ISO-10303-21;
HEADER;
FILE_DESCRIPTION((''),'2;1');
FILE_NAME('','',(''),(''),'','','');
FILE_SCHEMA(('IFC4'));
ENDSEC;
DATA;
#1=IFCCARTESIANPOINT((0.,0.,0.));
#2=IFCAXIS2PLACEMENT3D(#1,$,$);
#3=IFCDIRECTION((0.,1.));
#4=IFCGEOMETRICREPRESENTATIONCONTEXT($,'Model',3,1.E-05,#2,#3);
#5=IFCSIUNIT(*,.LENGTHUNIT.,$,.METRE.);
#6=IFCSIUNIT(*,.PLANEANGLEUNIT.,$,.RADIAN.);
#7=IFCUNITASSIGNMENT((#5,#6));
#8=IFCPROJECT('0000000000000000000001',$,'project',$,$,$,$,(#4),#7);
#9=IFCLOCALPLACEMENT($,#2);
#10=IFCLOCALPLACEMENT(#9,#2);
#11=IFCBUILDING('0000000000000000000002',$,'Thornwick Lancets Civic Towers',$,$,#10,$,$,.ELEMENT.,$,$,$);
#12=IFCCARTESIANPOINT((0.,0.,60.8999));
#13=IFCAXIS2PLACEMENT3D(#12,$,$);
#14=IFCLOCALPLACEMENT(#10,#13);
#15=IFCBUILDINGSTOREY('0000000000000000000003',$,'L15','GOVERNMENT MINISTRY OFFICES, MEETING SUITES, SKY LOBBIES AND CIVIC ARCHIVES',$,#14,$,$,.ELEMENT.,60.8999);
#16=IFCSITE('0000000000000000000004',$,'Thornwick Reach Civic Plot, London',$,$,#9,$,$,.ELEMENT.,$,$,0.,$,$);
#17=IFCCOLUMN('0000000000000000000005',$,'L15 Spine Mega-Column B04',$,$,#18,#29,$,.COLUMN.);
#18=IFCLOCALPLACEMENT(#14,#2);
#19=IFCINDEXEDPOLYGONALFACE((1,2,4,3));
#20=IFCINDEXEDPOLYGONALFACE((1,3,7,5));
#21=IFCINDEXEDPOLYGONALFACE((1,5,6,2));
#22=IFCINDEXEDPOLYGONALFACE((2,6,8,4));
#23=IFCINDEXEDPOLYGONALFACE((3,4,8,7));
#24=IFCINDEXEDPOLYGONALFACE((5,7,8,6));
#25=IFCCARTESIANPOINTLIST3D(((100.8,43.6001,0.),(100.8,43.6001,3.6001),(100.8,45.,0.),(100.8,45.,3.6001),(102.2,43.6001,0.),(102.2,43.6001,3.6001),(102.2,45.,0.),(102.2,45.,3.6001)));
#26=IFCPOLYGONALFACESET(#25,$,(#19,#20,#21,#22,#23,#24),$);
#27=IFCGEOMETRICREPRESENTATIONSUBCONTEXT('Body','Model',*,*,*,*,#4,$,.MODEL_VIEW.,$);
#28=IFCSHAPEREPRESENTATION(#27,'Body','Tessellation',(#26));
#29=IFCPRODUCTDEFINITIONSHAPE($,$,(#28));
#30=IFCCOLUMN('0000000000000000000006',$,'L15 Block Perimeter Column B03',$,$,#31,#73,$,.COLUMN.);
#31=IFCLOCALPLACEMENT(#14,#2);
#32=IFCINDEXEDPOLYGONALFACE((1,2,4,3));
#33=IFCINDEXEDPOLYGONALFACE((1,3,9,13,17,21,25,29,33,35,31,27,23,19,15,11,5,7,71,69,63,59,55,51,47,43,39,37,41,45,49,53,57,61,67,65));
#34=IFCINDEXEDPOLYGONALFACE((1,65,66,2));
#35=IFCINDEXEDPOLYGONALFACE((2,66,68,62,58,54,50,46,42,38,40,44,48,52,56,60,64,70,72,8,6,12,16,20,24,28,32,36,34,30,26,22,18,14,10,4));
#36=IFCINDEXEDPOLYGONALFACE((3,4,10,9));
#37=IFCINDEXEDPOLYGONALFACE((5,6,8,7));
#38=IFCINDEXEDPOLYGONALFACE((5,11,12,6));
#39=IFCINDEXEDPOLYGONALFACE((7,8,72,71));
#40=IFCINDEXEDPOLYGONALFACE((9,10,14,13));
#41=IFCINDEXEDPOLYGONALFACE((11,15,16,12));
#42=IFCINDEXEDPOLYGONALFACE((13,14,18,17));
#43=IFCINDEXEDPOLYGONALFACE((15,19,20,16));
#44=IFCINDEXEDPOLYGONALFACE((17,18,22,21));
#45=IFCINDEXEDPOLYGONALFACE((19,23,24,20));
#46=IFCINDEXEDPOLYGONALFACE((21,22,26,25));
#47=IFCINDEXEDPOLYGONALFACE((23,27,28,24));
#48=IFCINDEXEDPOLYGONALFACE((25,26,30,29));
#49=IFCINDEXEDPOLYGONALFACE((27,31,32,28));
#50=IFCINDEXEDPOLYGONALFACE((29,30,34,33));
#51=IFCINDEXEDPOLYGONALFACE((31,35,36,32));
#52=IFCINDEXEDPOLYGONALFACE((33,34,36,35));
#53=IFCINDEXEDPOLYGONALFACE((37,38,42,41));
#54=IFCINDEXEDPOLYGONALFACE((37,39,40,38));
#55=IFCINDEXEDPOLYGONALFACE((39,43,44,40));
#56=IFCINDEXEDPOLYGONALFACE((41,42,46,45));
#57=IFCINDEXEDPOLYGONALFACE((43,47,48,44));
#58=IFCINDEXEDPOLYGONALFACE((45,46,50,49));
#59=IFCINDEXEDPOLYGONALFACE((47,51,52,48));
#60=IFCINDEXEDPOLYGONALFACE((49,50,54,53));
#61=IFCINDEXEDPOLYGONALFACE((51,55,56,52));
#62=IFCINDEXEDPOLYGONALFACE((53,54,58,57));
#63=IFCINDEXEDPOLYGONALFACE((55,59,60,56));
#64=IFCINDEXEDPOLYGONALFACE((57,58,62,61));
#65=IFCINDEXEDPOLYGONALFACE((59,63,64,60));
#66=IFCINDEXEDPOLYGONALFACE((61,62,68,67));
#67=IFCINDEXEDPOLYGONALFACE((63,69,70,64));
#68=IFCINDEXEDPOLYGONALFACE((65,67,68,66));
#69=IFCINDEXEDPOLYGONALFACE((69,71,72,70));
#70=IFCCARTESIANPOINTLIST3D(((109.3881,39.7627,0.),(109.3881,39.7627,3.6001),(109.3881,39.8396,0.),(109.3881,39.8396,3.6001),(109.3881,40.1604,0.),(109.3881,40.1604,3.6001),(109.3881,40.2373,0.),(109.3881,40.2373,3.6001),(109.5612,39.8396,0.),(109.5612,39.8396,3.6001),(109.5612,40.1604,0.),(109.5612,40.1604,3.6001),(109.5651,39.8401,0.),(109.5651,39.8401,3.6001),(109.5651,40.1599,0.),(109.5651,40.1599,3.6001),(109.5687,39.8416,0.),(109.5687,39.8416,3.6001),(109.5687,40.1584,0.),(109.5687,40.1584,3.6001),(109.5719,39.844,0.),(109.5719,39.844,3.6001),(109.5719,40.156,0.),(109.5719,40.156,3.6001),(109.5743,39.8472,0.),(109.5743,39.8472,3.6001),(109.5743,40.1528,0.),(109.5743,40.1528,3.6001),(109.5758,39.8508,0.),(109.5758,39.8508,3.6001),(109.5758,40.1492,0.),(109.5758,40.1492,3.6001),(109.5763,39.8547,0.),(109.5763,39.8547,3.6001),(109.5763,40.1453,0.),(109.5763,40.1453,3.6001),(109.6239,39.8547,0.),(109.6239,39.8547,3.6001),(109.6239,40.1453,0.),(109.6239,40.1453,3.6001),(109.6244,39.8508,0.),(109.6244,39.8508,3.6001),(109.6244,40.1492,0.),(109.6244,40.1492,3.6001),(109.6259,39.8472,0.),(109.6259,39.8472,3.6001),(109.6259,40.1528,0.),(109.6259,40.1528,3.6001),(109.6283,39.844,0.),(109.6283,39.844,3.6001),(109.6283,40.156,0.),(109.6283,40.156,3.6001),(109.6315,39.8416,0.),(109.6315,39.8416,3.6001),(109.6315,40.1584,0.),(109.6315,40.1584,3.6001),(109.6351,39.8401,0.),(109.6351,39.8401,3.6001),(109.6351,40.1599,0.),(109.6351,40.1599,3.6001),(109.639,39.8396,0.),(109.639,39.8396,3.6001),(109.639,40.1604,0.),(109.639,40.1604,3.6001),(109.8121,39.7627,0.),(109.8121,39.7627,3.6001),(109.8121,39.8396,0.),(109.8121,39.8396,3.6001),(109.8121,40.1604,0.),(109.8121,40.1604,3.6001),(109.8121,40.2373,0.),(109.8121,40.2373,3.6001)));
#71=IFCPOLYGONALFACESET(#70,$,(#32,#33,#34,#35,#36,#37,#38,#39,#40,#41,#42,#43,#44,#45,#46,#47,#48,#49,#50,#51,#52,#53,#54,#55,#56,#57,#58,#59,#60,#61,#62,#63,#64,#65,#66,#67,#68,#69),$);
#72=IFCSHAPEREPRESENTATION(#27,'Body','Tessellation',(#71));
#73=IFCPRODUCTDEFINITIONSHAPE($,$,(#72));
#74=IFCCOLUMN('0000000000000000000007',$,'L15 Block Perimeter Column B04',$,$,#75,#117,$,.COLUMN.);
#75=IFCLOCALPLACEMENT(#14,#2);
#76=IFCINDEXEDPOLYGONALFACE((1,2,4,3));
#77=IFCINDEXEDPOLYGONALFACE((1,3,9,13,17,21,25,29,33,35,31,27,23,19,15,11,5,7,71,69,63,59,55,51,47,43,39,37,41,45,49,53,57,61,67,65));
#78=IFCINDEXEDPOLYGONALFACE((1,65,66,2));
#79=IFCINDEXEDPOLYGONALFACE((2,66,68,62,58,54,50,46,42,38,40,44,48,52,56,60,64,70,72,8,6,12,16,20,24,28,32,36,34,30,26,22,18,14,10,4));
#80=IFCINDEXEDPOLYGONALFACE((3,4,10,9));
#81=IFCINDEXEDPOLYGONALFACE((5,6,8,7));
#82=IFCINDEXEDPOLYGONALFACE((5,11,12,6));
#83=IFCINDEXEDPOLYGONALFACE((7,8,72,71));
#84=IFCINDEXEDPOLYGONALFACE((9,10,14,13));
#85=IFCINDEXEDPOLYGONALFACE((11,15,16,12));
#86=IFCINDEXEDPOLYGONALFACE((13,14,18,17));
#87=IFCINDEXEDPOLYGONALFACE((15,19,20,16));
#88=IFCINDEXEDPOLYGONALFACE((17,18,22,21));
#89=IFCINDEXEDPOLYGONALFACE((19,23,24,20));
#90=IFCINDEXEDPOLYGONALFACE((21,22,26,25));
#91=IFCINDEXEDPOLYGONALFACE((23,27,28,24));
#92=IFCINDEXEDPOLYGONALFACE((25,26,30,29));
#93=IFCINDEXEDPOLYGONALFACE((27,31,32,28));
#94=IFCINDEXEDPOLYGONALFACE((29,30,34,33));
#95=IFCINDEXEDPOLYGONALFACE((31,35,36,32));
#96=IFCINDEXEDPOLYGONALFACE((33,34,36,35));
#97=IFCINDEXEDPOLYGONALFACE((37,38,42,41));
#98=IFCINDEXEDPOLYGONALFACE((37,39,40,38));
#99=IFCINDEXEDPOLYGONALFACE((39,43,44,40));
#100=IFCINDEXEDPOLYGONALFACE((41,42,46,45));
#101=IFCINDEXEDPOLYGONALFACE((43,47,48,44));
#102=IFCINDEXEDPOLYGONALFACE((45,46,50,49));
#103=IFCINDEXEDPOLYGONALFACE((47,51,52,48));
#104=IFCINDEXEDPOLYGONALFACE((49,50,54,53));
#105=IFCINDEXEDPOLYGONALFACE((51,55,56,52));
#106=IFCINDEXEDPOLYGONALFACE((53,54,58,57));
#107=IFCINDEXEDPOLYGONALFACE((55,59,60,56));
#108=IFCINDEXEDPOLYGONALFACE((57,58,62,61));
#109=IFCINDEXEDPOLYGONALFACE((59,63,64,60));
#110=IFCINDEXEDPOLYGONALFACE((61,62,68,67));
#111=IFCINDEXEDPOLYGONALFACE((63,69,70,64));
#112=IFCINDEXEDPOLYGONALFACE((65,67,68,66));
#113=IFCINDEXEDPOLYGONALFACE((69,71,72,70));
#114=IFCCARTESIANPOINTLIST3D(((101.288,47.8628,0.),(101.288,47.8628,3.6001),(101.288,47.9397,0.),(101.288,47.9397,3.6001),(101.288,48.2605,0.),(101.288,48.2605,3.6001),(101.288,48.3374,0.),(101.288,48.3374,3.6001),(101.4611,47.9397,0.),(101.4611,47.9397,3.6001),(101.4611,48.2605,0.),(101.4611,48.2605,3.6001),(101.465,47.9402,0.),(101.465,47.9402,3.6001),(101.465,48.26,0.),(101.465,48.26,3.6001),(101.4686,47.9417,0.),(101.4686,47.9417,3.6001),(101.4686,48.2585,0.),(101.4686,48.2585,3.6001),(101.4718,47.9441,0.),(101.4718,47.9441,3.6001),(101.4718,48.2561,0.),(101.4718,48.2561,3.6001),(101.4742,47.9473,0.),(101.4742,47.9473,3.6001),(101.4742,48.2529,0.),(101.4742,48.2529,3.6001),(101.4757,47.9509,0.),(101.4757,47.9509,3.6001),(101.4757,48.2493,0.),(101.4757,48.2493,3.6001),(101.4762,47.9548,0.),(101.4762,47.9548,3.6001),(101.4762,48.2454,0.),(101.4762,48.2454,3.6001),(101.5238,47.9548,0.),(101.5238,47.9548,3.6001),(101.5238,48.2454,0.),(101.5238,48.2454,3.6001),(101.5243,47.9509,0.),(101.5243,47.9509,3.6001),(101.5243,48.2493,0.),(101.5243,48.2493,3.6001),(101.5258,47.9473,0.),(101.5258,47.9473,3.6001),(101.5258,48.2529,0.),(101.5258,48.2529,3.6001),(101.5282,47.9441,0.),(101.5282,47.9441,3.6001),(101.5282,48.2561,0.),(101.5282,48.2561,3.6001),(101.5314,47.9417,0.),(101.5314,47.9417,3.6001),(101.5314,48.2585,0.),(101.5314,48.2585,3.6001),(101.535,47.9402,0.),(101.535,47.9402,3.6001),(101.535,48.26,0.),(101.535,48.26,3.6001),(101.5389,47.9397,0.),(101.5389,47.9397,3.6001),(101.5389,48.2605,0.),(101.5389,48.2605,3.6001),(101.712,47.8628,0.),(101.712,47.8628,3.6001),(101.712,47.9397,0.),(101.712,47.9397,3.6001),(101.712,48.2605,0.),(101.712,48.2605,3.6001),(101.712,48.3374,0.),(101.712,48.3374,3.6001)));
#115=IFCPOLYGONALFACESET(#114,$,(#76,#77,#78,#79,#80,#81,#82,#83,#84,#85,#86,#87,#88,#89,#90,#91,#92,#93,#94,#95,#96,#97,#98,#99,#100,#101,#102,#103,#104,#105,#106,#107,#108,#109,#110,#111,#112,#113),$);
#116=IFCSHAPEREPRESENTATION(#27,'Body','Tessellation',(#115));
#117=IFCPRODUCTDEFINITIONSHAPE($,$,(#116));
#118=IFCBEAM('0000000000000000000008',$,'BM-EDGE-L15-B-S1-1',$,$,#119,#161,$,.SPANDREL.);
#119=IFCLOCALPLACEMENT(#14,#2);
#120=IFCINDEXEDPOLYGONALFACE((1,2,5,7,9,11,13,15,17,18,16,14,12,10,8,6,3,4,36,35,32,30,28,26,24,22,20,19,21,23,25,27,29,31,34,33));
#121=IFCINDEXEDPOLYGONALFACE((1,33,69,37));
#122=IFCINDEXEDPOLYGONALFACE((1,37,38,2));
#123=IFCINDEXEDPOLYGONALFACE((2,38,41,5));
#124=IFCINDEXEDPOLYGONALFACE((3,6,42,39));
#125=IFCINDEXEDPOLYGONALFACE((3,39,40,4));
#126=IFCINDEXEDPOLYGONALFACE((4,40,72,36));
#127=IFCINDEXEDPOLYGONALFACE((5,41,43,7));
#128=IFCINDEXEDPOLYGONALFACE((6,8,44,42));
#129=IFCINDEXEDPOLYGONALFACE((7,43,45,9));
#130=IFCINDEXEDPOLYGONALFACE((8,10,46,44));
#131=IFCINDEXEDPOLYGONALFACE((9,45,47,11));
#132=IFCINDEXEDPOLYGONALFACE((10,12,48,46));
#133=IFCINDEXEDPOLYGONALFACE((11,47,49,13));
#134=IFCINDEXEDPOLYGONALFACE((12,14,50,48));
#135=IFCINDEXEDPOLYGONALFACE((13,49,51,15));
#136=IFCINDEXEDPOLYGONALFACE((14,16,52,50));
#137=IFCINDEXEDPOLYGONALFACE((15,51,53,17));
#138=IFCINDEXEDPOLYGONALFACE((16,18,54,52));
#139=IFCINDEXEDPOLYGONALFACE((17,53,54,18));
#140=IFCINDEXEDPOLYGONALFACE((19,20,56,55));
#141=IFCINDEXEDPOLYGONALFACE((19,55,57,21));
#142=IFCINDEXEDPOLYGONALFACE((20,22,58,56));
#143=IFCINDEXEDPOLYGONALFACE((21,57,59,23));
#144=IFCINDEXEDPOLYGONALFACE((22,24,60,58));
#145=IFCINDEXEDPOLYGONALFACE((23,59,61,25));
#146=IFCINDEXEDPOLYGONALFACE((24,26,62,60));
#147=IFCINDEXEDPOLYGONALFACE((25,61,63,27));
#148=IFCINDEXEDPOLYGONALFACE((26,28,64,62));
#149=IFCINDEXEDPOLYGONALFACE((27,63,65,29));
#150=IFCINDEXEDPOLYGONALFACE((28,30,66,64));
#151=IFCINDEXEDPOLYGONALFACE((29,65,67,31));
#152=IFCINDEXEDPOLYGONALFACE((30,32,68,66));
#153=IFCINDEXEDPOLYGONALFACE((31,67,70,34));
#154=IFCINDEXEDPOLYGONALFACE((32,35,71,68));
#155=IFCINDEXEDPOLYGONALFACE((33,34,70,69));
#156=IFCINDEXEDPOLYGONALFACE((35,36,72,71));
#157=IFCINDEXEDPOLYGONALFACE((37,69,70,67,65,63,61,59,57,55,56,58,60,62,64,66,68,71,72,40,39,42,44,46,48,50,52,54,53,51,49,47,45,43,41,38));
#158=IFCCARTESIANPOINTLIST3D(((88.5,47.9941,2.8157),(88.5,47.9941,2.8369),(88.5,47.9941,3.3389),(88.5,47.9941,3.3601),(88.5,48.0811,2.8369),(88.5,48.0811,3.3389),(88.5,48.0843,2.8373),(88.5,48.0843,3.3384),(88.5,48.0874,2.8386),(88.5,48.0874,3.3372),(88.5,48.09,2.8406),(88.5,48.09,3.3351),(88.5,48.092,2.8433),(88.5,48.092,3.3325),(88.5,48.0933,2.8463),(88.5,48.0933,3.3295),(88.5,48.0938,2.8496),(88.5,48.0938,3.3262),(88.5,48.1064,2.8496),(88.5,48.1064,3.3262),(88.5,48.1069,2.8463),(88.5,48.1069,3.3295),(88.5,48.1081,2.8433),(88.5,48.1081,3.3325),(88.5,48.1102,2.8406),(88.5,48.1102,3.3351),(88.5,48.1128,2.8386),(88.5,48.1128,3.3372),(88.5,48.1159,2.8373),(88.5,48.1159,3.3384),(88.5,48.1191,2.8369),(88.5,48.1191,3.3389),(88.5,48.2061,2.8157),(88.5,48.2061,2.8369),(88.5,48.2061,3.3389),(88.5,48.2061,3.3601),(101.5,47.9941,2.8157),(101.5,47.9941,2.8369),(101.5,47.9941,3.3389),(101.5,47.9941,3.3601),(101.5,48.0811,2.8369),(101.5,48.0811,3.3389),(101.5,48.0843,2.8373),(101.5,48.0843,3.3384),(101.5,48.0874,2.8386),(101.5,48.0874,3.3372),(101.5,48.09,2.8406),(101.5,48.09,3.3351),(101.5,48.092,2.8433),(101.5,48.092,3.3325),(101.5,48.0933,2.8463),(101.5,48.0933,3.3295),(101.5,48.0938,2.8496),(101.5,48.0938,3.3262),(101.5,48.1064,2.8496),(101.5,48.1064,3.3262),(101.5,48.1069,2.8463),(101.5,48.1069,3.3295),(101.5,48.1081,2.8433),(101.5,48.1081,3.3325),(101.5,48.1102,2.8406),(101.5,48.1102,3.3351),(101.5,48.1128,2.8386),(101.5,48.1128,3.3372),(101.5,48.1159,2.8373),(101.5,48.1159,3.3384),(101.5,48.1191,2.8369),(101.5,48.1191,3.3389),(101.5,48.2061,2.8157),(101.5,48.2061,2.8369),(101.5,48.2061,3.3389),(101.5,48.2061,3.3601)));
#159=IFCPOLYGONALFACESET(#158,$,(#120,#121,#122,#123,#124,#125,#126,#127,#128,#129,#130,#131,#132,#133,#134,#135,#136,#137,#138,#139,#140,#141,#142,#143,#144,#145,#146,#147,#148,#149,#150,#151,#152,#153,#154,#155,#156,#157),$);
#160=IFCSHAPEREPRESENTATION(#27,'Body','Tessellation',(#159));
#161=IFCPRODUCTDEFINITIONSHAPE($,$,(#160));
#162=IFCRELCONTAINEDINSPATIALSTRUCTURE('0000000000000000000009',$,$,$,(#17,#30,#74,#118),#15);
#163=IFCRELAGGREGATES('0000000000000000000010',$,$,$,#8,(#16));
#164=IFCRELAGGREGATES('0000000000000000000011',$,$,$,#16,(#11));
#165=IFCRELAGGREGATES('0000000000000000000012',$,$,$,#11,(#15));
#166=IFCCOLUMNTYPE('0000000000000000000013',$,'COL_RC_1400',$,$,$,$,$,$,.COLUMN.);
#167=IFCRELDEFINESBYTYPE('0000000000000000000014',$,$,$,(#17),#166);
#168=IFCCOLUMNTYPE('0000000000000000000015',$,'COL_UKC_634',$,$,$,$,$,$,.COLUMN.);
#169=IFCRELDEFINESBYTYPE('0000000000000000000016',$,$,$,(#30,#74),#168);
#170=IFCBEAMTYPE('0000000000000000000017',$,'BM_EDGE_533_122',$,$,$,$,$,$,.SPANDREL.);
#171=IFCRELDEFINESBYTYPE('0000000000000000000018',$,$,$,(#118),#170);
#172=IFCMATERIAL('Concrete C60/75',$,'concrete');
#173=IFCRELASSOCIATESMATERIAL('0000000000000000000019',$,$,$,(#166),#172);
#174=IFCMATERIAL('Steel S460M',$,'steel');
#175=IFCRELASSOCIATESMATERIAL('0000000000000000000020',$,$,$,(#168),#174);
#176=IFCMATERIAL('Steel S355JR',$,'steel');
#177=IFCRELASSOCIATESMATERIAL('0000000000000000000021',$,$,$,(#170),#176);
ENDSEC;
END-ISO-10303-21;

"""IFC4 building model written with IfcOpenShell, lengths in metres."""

from ifc_helpers import new_model, si_unit, direction, frame, origin, origin_2d, place, context, subcontext, project, spatial, rectangle, i_section, extrude, material, material_profile, profile_set, type_object, element, save


model = new_model("IFC4")

# Units and contexts
model_context = context("Model", 3, precision=1e-05, world=origin(), true_north=direction((0.0, 1.0)))
body_context = subcontext(model_context, "Body", "Model", "MODEL_VIEW")
ifc_project = project(units=[si_unit("LENGTHUNIT", "METRE"), si_unit("PLANEANGLEUNIT", "RADIAN")], contexts=[model_context])

# Site, building, storey
site_placement = place(None, origin())
site = spatial("IfcSite", under=ifc_project, at=site_placement, Name="Thornwick Reach Civic Plot, London", CompositionType="ELEMENT", RefElevation=0.0)
building_placement = place(site_placement, origin())
building = spatial("IfcBuilding", under=site, at=building_placement, Name="Thornwick Lancets Civic Towers", CompositionType="ELEMENT")
storey_placement = place(building_placement, frame((0.0, 0.0, 60.8999)))
storey = spatial("IfcBuildingStorey", under=building, at=storey_placement, Name="L15", Description="GOVERNMENT MINISTRY OFFICES, MEETING SUITES, SKY LOBBIES AND CIVIC ARCHIVES", CompositionType="ELEMENT", Elevation=60.8999)

# Columns
ifc_material_1 = material(Name="Concrete C60/75", Category="concrete")
ifc_material_profile_1 = material_profile(ifc_material_1, rectangle(XDim=1.3999, YDim=1.3999, at=origin_2d()), Name="RC 1400x1400")
ifc_profile_set_1 = profile_set([ifc_material_profile_1], Name="Concrete C60/75")
column_type_1 = type_object("IfcColumnType", Name="COL_RC_1400", PredefinedType="COLUMN", material=ifc_profile_set_1)
column_placement = place(storey_placement, frame((101.5, 44.3, 0.0), z_axis=(0.0, 0.0, 1.0), x_axis=(1.0, 0.0, 0.0)))
element("IfcColumn", 1, at=column_placement, inside=storey, type_object=column_type_1, Name="L15 Spine Mega-Column B04", PredefinedType="COLUMN", context=body_context, shape_type="SweptSolid", body=[
    extrude(rectangle(XDim=1.3999, YDim=1.3999, at=origin_2d()), origin(), (0.0, 0.0, 1.0), 3.6001),
])
ifc_material_2 = material(Name="Steel S460M", Category="steel")
ifc_material_profile_2 = material_profile(ifc_material_2, i_section(OverallWidth=0.4241, OverallDepth=0.4746, WebThickness=0.0476, FlangeThickness=0.0769, FilletRadius=0.0151, at=origin_2d()), Name="UKC 356x406x634")
ifc_profile_set_2 = profile_set([ifc_material_profile_2], Name="Steel S460M")
column_type_2 = type_object("IfcColumnType", Name="COL_UKC_634", PredefinedType="COLUMN", material=ifc_profile_set_2)
for number, where, z_axis, x_axis, name in (
    (2, (109.6001, 40.0, 0.0), (0.0, 0.0, 1.0), (1.0, 0.0, 0.0), "L15 Block Perimeter Column B03"),
    (3, (101.5, 48.1001, 0.0), (0.0, 0.0, 1.0), (1.0, 0.0, 0.0), "L15 Block Perimeter Column B04"),
):
    element("IfcColumn", number, at=place(storey_placement, frame(where, z_axis=z_axis, x_axis=x_axis)), inside=storey, type_object=column_type_2, Name=name, PredefinedType="COLUMN", context=body_context, shape_type="SweptSolid", body=[
        extrude(i_section(OverallWidth=0.4241, OverallDepth=0.4746, WebThickness=0.0476, FlangeThickness=0.0769, FilletRadius=0.0151, at=origin_2d()), origin(), (0.0, 0.0, 1.0), 3.6001),
    ])

# Beam
ifc_material_3 = material(Name="Steel S355JR", Category="steel")
ifc_material_profile_3 = material_profile(ifc_material_3, i_section(OverallWidth=0.2119, OverallDepth=0.5444, WebThickness=0.0127, FlangeThickness=0.0212, FilletRadius=0.0127, at=origin_2d()), Name="UKB 533x210x122")
ifc_profile_set_3 = profile_set([ifc_material_profile_3], Name="Steel S355JR")
beam_type_1 = type_object("IfcBeamType", Name="BM_EDGE_533_122", PredefinedType="SPANDREL", material=ifc_profile_set_3)
beam_1_placement = place(storey_placement, frame((101.5, 48.1001, 3.0879), z_axis=(-1.0, 0.0, 0.0), x_axis=(0.0, -1.0, 0.0)))
element("IfcBeam", 4, at=beam_1_placement, inside=storey, type_object=beam_type_1, Name="BM-EDGE-L15-B-S1-1", PredefinedType="SPANDREL", context=body_context, shape_type="SweptSolid", body=[
    extrude(i_section(OverallWidth=0.2119, OverallDepth=0.5444, WebThickness=0.0127, FlangeThickness=0.0212, FilletRadius=0.0127, at=origin_2d()), origin(), (0.0, 0.0, 1.0), 13.0),
])

save(model, "model.ifc")
